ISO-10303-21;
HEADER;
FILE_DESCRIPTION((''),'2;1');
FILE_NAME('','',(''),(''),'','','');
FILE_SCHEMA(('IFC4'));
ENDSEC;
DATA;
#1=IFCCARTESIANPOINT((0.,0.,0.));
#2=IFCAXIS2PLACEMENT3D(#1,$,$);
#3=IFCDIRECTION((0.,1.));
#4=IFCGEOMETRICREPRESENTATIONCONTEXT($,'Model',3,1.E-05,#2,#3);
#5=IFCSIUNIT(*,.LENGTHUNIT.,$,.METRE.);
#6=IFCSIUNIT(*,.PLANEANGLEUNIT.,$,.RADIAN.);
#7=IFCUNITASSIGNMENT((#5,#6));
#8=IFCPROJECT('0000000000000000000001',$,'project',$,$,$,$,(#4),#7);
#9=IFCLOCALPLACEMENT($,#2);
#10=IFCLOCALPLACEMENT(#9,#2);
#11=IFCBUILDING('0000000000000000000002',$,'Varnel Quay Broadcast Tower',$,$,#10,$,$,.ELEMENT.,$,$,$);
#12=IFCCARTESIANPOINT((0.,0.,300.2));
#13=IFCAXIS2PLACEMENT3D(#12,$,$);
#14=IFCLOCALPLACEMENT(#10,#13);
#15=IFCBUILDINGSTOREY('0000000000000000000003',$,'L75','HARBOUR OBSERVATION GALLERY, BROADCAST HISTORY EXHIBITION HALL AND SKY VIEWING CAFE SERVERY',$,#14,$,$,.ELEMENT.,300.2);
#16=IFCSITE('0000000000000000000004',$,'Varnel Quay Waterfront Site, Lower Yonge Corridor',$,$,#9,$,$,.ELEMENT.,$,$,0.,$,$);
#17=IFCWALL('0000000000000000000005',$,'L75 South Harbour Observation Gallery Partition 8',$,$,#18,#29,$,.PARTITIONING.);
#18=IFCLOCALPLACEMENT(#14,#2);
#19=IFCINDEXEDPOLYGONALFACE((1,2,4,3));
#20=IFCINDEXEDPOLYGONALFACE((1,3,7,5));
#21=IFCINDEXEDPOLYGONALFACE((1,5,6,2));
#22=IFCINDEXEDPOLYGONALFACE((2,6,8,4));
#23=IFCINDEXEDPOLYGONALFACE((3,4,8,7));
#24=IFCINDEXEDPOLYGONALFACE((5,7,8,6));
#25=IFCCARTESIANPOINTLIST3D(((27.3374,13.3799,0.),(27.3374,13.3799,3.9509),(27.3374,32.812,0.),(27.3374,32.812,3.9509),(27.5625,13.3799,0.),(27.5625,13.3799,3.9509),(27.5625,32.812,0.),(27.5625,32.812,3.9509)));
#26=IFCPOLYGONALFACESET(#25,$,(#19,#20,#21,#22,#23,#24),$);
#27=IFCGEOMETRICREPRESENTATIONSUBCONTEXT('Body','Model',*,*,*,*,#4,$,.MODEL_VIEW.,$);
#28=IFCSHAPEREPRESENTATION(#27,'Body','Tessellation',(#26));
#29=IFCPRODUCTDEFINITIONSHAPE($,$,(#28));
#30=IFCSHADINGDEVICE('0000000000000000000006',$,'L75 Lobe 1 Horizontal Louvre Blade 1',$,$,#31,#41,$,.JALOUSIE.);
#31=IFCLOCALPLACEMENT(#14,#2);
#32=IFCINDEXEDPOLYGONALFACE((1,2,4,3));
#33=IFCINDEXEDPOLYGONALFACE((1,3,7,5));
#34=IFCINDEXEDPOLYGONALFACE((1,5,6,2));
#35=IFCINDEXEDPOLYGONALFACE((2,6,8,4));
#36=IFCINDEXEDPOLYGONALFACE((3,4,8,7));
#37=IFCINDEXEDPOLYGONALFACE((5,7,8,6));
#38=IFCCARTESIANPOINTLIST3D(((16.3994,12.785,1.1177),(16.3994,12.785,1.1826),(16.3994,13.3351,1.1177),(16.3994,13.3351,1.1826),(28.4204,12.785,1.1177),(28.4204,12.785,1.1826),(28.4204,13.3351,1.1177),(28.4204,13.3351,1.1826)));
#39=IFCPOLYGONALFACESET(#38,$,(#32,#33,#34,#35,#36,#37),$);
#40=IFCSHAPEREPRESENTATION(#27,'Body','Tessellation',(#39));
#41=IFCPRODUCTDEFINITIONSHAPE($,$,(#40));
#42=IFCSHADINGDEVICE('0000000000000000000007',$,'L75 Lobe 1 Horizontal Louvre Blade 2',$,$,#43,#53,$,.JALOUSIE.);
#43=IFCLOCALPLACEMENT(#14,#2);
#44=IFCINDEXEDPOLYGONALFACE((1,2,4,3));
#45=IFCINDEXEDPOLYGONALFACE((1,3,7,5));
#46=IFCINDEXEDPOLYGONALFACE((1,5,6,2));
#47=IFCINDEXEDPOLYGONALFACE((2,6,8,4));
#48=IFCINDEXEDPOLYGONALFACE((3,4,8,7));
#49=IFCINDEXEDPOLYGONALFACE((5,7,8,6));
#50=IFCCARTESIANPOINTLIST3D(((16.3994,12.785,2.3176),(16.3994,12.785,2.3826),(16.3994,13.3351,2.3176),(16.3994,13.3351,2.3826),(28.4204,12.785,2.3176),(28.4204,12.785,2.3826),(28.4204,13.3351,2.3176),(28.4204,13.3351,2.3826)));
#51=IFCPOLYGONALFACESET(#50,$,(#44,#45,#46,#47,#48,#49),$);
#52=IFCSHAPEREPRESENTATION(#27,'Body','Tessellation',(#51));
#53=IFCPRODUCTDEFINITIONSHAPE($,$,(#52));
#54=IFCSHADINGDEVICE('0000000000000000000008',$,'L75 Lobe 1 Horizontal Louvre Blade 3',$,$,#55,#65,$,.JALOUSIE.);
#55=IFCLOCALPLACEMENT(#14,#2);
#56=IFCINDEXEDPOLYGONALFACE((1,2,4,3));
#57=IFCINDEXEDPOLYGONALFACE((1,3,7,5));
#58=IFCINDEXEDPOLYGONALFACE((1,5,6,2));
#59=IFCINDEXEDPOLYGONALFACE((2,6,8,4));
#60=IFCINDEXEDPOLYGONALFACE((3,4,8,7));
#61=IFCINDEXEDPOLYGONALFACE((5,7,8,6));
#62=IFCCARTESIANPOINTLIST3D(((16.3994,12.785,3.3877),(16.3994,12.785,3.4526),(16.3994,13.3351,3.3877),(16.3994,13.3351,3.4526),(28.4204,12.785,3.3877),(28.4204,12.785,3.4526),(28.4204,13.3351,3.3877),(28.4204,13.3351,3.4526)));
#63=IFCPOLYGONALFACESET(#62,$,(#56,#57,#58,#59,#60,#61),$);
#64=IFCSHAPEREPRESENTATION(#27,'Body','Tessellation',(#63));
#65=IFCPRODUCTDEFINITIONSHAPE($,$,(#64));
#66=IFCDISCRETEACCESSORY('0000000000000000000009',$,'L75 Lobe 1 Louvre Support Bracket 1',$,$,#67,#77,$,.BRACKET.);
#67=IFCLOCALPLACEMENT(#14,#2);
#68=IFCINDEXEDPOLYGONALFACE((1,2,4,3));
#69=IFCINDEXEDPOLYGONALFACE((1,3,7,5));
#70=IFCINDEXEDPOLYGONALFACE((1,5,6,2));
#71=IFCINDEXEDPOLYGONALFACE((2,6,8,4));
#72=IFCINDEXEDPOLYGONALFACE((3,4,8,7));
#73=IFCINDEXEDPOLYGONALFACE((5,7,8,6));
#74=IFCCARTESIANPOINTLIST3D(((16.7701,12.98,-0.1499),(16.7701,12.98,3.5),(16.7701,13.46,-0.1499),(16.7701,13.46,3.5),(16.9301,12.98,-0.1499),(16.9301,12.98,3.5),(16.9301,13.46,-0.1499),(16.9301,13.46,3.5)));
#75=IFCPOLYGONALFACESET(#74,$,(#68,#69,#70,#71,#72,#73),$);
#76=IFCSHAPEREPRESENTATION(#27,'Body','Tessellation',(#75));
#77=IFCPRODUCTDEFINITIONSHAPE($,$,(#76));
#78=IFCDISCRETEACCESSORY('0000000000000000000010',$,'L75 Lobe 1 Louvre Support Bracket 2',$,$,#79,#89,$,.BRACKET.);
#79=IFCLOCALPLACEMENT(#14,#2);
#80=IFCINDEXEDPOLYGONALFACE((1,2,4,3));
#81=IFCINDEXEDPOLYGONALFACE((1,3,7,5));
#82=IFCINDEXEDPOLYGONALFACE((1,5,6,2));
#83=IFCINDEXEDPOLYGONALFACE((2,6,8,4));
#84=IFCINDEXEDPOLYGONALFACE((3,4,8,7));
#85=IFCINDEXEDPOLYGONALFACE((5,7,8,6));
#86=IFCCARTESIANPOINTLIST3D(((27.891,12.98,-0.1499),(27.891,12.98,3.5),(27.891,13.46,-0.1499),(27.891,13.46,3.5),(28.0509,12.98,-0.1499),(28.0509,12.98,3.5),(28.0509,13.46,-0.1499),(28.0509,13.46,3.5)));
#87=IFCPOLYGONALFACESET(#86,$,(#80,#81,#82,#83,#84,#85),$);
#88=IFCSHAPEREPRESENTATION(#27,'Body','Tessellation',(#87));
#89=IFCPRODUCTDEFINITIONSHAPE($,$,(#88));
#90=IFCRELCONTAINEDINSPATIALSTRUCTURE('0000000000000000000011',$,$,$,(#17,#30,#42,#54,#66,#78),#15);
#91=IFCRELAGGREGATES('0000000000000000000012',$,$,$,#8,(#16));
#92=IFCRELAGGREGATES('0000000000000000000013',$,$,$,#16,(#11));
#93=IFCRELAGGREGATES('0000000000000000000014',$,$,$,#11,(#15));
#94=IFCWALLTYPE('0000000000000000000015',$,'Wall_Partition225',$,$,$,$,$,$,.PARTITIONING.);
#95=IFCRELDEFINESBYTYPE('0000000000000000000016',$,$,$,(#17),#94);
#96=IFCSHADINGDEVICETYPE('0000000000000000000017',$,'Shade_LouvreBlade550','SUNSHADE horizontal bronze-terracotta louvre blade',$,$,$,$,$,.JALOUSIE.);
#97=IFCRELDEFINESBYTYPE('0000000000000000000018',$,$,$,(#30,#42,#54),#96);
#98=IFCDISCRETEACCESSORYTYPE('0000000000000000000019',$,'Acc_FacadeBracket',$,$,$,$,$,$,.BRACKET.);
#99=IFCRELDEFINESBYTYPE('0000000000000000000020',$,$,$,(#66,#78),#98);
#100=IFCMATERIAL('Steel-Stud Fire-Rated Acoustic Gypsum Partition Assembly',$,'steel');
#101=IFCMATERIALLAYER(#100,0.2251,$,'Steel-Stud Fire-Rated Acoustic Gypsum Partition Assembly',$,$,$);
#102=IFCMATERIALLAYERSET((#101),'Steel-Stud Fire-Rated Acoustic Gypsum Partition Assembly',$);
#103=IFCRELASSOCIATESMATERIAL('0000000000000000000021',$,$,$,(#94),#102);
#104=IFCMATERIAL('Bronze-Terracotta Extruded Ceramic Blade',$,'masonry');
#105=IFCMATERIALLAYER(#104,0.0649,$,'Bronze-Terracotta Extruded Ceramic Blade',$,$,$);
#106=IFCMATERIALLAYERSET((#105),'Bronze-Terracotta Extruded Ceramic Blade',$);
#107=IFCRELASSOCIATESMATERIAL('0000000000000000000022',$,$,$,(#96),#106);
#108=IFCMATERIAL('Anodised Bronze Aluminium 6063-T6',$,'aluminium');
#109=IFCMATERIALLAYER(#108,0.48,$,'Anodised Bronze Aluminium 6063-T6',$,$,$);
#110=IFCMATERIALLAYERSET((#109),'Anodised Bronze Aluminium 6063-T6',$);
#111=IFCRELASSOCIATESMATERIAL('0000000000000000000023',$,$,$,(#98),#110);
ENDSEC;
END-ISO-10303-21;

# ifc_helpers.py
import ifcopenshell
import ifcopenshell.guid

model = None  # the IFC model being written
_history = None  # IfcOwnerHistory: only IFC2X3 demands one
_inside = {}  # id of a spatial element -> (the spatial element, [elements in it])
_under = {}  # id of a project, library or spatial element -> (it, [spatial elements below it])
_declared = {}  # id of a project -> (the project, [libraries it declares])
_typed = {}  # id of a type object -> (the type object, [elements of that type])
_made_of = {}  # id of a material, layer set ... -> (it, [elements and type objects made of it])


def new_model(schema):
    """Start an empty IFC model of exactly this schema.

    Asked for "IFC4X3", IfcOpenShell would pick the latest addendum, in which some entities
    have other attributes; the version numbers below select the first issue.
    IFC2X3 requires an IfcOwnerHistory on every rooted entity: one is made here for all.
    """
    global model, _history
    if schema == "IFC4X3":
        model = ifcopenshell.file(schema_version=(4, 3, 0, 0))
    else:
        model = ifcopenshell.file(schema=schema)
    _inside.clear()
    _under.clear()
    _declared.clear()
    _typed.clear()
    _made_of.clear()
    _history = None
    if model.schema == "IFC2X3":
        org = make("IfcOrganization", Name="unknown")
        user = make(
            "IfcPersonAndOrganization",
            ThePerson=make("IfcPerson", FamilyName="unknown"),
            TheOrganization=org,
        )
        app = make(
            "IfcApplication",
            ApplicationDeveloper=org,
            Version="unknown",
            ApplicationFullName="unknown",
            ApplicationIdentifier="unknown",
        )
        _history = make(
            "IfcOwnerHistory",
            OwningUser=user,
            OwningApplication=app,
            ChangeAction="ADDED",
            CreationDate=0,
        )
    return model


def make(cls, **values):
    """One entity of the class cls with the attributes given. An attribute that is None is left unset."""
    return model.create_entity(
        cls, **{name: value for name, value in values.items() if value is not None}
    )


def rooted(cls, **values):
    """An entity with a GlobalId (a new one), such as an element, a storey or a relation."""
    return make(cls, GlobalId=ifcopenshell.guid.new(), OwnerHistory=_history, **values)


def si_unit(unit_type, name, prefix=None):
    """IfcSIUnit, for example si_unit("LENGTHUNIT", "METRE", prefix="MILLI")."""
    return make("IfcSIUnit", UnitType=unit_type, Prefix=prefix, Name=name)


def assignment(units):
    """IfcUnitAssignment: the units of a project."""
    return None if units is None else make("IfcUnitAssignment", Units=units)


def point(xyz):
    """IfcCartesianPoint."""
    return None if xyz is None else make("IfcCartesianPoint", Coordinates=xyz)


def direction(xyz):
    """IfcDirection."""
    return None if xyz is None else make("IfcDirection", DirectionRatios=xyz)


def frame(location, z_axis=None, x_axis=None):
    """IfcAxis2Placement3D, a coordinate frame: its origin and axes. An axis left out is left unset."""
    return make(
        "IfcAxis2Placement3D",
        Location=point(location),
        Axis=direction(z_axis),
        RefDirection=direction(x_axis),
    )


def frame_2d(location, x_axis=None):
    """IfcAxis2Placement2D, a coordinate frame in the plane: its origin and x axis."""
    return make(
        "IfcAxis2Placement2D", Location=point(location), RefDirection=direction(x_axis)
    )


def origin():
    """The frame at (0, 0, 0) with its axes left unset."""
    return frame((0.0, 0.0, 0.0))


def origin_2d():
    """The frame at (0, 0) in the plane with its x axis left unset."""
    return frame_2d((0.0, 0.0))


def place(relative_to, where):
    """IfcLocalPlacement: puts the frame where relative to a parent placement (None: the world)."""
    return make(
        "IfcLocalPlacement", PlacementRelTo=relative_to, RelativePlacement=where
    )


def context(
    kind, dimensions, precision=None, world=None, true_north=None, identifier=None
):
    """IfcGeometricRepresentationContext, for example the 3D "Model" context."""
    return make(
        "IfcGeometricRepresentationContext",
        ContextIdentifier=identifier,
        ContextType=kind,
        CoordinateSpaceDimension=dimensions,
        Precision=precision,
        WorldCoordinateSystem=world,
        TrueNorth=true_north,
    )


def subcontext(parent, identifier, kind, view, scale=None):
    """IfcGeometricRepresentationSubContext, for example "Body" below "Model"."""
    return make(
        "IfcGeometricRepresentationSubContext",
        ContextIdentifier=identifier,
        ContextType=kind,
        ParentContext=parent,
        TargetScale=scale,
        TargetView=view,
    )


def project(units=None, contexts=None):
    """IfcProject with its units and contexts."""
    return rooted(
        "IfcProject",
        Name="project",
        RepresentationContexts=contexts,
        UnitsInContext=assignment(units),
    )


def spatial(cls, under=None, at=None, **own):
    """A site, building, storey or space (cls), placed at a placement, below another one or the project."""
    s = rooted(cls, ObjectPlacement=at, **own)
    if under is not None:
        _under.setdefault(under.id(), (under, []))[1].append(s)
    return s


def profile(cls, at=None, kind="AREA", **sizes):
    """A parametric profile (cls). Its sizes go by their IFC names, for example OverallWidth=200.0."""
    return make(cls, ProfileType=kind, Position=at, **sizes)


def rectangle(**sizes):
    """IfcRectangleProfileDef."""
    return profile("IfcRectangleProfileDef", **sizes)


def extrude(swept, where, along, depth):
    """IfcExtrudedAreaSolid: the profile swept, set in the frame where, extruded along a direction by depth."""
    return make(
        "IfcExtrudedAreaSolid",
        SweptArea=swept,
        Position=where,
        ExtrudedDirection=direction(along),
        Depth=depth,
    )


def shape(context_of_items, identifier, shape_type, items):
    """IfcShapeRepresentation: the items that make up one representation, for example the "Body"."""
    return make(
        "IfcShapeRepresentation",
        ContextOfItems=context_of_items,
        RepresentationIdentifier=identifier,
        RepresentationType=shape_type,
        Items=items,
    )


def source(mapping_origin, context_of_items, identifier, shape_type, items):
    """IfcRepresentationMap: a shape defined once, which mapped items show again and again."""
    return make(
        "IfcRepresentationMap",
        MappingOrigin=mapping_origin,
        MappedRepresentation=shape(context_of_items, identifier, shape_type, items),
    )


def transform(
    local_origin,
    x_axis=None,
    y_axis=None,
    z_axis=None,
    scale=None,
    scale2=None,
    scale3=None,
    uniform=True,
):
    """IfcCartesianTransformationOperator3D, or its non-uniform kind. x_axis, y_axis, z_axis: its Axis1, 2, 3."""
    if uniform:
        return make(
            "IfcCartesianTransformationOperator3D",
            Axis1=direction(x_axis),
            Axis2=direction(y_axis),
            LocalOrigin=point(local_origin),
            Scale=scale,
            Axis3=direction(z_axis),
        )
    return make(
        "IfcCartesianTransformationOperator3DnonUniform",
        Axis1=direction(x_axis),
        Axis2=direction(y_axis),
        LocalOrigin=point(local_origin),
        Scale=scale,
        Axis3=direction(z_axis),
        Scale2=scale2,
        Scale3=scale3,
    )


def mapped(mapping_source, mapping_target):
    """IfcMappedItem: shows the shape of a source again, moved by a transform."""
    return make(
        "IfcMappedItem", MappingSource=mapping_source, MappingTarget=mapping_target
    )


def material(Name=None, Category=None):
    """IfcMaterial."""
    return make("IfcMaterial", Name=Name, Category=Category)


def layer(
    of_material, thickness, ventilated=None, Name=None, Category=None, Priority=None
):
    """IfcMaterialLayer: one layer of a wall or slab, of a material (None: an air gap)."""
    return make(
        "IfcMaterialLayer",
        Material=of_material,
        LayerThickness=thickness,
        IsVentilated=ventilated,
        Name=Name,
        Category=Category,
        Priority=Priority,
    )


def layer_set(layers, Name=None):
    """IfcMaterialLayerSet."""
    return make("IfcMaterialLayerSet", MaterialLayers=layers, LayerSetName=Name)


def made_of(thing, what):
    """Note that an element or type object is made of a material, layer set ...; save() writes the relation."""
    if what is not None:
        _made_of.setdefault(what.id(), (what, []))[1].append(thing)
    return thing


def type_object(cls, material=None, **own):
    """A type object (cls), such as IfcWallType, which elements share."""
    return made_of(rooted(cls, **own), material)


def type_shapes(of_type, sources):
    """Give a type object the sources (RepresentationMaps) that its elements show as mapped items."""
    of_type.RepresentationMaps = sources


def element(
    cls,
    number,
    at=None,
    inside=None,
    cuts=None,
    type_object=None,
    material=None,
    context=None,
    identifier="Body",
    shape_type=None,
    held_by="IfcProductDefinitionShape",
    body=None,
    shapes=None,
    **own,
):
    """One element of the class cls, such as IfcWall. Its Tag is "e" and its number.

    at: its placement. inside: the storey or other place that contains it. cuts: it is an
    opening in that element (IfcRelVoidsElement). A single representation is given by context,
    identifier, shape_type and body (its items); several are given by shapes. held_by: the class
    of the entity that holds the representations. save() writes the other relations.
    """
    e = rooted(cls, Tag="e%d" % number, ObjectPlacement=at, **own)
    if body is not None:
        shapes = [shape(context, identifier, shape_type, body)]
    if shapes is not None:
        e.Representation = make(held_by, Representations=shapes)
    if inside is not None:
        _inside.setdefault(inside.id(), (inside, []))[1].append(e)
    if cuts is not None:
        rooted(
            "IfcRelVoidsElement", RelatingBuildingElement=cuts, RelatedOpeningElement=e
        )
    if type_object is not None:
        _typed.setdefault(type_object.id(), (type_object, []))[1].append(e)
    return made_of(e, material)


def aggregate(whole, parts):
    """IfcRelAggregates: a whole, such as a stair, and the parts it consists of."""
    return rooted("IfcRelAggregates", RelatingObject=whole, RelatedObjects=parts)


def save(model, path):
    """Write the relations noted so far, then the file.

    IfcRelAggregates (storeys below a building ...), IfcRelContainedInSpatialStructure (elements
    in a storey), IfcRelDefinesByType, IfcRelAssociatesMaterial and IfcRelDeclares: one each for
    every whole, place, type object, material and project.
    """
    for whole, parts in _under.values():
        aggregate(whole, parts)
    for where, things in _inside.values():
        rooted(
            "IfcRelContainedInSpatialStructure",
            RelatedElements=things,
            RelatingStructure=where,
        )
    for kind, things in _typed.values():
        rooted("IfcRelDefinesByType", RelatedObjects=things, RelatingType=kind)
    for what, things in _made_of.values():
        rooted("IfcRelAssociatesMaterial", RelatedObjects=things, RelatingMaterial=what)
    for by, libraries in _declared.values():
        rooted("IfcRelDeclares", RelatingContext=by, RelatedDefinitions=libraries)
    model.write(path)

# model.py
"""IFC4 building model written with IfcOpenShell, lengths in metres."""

from ifc_helpers import new_model, si_unit, direction, frame, frame_2d, origin, origin_2d, place, context, subcontext, project, spatial, rectangle, extrude, source, transform, mapped, material, layer, layer_set, type_object, type_shapes, element, save


model = new_model("IFC4")

# Units and contexts
model_context = context("Model", 3, precision=1e-05, world=origin(), true_north=direction((0.0, 1.0)))
body_context = subcontext(model_context, "Body", "Model", "MODEL_VIEW")
ifc_project = project(units=[si_unit("LENGTHUNIT", "METRE"), si_unit("PLANEANGLEUNIT", "RADIAN")], contexts=[model_context])

# Site, building, storey
site_placement = place(None, origin())
site = spatial("IfcSite", under=ifc_project, at=site_placement, Name="Varnel Quay Waterfront Site, Lower Yonge Corridor", CompositionType="ELEMENT", RefElevation=0.0)
building_placement = place(site_placement, origin())
building = spatial("IfcBuilding", under=site, at=building_placement, Name="Varnel Quay Broadcast Tower", CompositionType="ELEMENT")
storey_placement = place(building_placement, frame((0.0, 0.0, 300.2)))
storey = spatial("IfcBuildingStorey", under=building, at=storey_placement, Name="L75", Description="HARBOUR OBSERVATION GALLERY, BROADCAST HISTORY EXHIBITION HALL AND SKY VIEWING CAFE SERVERY", CompositionType="ELEMENT", Elevation=300.2)

# Shared definitions
ifc_material_1 = material(Name="Anodised Bronze Aluminium 6063-T6", Category="aluminium")

# Wall
ifc_material_2 = material(Name="Steel-Stud Fire-Rated Acoustic Gypsum Partition Assembly", Category="steel")
ifc_layer_1 = layer(ifc_material_2, 0.2251, Name="Steel-Stud Fire-Rated Acoustic Gypsum Partition Assembly")
ifc_layer_set_1 = layer_set([ifc_layer_1], Name="Steel-Stud Fire-Rated Acoustic Gypsum Partition Assembly")
wall_type_1 = type_object("IfcWallType", Name="Wall_Partition225", PredefinedType="PARTITIONING", material=ifc_layer_set_1)
wall_1_placement = place(storey_placement, frame((27.45, 13.3799, 0.0), z_axis=(0.0, 0.0, 1.0), x_axis=(0.0, 1.0, 0.0)))
element("IfcWall", 1, at=wall_1_placement, inside=storey, type_object=wall_type_1, Name="L75 South Harbour Observation Gallery Partition 8", PredefinedType="PARTITIONING", context=body_context, shape_type="SweptSolid", body=[
    extrude(rectangle(XDim=19.4321, YDim=0.2251, at=frame_2d((9.7161, 0.0))), origin(), (0.0, 0.0, 1.0), 3.9509),
])

# Shading devices
ifc_material_3 = material(Name="Bronze-Terracotta Extruded Ceramic Blade", Category="masonry")
ifc_layer_2 = layer(ifc_material_3, 0.0649, Name="Bronze-Terracotta Extruded Ceramic Blade")
ifc_layer_set_2 = layer_set([ifc_layer_2], Name="Bronze-Terracotta Extruded Ceramic Blade")
shading_device_type = type_object("IfcShadingDeviceType", Name="Shade_LouvreBlade550", Description="SUNSHADE horizontal bronze-terracotta louvre blade", PredefinedType="JALOUSIE", material=ifc_layer_set_2)
shared_shape_1 = source(origin(), body_context, "Body", "SweptSolid", [
    extrude(rectangle(XDim=12.021, YDim=0.55, at=origin_2d()), origin(), (0.0, 0.0, 1.0), 0.0649),
])
type_shapes(shading_device_type, [shared_shape_1])
for number, where, z_axis, x_axis, name in (
    (2, (22.4099, 13.0601, 1.1177), (0.0, 0.0, 1.0), (1.0, 0.0, 0.0), "L75 Lobe 1 Horizontal Louvre Blade 1"),
    (3, (22.4099, 13.0601, 2.3176), (0.0, 0.0, 1.0), (1.0, 0.0, 0.0), "L75 Lobe 1 Horizontal Louvre Blade 2"),
    (4, (22.4099, 13.0601, 3.3877), (0.0, 0.0, 1.0), (1.0, 0.0, 0.0), "L75 Lobe 1 Horizontal Louvre Blade 3"),
):
    element("IfcShadingDevice", number, at=place(storey_placement, frame(where, z_axis=z_axis, x_axis=x_axis)), inside=storey, type_object=shading_device_type, Name=name, PredefinedType="JALOUSIE", context=body_context, shape_type="MappedRepresentation", body=[
        mapped(shared_shape_1, transform((0.0, 0.0, 0.0), x_axis=(1.0, 0.0, 0.0), y_axis=(0.0, 1.0, 0.0), z_axis=(0.0, 0.0, 1.0), scale=1.0)),
    ])

# Discrete accessories
ifc_layer_3 = layer(ifc_material_1, 0.48, Name="Anodised Bronze Aluminium 6063-T6")
ifc_layer_set_3 = layer_set([ifc_layer_3], Name="Anodised Bronze Aluminium 6063-T6")
discrete_accessory_type = type_object("IfcDiscreteAccessoryType", Name="Acc_FacadeBracket", PredefinedType="BRACKET", material=ifc_layer_set_3)
shared_shape_2 = source(origin(), body_context, "Body", "SweptSolid", [
    extrude(rectangle(XDim=0.1599, YDim=0.48, at=origin_2d()), origin(), (0.0, 0.0, 1.0), 3.6499),
])
type_shapes(discrete_accessory_type, [shared_shape_2])
for number, where, z_axis, x_axis, name in (
    (5, (16.8501, 13.22, -0.1499), (0.0, 0.0, 1.0), (1.0, 0.0, 0.0), "L75 Lobe 1 Louvre Support Bracket 1"),
    (6, (27.9709, 13.22, -0.1499), (0.0, 0.0, 1.0), (1.0, 0.0, 0.0), "L75 Lobe 1 Louvre Support Bracket 2"),
):
    element("IfcDiscreteAccessory", number, at=place(storey_placement, frame(where, z_axis=z_axis, x_axis=x_axis)), inside=storey, type_object=discrete_accessory_type, Name=name, PredefinedType="BRACKET", context=body_context, shape_type="MappedRepresentation", body=[
        mapped(shared_shape_2, transform((0.0, 0.0, 0.0), x_axis=(1.0, 0.0, 0.0), y_axis=(0.0, 1.0, 0.0), z_axis=(0.0, 0.0, 1.0), scale=1.0)),
    ])

save(model, "model.ifc")
